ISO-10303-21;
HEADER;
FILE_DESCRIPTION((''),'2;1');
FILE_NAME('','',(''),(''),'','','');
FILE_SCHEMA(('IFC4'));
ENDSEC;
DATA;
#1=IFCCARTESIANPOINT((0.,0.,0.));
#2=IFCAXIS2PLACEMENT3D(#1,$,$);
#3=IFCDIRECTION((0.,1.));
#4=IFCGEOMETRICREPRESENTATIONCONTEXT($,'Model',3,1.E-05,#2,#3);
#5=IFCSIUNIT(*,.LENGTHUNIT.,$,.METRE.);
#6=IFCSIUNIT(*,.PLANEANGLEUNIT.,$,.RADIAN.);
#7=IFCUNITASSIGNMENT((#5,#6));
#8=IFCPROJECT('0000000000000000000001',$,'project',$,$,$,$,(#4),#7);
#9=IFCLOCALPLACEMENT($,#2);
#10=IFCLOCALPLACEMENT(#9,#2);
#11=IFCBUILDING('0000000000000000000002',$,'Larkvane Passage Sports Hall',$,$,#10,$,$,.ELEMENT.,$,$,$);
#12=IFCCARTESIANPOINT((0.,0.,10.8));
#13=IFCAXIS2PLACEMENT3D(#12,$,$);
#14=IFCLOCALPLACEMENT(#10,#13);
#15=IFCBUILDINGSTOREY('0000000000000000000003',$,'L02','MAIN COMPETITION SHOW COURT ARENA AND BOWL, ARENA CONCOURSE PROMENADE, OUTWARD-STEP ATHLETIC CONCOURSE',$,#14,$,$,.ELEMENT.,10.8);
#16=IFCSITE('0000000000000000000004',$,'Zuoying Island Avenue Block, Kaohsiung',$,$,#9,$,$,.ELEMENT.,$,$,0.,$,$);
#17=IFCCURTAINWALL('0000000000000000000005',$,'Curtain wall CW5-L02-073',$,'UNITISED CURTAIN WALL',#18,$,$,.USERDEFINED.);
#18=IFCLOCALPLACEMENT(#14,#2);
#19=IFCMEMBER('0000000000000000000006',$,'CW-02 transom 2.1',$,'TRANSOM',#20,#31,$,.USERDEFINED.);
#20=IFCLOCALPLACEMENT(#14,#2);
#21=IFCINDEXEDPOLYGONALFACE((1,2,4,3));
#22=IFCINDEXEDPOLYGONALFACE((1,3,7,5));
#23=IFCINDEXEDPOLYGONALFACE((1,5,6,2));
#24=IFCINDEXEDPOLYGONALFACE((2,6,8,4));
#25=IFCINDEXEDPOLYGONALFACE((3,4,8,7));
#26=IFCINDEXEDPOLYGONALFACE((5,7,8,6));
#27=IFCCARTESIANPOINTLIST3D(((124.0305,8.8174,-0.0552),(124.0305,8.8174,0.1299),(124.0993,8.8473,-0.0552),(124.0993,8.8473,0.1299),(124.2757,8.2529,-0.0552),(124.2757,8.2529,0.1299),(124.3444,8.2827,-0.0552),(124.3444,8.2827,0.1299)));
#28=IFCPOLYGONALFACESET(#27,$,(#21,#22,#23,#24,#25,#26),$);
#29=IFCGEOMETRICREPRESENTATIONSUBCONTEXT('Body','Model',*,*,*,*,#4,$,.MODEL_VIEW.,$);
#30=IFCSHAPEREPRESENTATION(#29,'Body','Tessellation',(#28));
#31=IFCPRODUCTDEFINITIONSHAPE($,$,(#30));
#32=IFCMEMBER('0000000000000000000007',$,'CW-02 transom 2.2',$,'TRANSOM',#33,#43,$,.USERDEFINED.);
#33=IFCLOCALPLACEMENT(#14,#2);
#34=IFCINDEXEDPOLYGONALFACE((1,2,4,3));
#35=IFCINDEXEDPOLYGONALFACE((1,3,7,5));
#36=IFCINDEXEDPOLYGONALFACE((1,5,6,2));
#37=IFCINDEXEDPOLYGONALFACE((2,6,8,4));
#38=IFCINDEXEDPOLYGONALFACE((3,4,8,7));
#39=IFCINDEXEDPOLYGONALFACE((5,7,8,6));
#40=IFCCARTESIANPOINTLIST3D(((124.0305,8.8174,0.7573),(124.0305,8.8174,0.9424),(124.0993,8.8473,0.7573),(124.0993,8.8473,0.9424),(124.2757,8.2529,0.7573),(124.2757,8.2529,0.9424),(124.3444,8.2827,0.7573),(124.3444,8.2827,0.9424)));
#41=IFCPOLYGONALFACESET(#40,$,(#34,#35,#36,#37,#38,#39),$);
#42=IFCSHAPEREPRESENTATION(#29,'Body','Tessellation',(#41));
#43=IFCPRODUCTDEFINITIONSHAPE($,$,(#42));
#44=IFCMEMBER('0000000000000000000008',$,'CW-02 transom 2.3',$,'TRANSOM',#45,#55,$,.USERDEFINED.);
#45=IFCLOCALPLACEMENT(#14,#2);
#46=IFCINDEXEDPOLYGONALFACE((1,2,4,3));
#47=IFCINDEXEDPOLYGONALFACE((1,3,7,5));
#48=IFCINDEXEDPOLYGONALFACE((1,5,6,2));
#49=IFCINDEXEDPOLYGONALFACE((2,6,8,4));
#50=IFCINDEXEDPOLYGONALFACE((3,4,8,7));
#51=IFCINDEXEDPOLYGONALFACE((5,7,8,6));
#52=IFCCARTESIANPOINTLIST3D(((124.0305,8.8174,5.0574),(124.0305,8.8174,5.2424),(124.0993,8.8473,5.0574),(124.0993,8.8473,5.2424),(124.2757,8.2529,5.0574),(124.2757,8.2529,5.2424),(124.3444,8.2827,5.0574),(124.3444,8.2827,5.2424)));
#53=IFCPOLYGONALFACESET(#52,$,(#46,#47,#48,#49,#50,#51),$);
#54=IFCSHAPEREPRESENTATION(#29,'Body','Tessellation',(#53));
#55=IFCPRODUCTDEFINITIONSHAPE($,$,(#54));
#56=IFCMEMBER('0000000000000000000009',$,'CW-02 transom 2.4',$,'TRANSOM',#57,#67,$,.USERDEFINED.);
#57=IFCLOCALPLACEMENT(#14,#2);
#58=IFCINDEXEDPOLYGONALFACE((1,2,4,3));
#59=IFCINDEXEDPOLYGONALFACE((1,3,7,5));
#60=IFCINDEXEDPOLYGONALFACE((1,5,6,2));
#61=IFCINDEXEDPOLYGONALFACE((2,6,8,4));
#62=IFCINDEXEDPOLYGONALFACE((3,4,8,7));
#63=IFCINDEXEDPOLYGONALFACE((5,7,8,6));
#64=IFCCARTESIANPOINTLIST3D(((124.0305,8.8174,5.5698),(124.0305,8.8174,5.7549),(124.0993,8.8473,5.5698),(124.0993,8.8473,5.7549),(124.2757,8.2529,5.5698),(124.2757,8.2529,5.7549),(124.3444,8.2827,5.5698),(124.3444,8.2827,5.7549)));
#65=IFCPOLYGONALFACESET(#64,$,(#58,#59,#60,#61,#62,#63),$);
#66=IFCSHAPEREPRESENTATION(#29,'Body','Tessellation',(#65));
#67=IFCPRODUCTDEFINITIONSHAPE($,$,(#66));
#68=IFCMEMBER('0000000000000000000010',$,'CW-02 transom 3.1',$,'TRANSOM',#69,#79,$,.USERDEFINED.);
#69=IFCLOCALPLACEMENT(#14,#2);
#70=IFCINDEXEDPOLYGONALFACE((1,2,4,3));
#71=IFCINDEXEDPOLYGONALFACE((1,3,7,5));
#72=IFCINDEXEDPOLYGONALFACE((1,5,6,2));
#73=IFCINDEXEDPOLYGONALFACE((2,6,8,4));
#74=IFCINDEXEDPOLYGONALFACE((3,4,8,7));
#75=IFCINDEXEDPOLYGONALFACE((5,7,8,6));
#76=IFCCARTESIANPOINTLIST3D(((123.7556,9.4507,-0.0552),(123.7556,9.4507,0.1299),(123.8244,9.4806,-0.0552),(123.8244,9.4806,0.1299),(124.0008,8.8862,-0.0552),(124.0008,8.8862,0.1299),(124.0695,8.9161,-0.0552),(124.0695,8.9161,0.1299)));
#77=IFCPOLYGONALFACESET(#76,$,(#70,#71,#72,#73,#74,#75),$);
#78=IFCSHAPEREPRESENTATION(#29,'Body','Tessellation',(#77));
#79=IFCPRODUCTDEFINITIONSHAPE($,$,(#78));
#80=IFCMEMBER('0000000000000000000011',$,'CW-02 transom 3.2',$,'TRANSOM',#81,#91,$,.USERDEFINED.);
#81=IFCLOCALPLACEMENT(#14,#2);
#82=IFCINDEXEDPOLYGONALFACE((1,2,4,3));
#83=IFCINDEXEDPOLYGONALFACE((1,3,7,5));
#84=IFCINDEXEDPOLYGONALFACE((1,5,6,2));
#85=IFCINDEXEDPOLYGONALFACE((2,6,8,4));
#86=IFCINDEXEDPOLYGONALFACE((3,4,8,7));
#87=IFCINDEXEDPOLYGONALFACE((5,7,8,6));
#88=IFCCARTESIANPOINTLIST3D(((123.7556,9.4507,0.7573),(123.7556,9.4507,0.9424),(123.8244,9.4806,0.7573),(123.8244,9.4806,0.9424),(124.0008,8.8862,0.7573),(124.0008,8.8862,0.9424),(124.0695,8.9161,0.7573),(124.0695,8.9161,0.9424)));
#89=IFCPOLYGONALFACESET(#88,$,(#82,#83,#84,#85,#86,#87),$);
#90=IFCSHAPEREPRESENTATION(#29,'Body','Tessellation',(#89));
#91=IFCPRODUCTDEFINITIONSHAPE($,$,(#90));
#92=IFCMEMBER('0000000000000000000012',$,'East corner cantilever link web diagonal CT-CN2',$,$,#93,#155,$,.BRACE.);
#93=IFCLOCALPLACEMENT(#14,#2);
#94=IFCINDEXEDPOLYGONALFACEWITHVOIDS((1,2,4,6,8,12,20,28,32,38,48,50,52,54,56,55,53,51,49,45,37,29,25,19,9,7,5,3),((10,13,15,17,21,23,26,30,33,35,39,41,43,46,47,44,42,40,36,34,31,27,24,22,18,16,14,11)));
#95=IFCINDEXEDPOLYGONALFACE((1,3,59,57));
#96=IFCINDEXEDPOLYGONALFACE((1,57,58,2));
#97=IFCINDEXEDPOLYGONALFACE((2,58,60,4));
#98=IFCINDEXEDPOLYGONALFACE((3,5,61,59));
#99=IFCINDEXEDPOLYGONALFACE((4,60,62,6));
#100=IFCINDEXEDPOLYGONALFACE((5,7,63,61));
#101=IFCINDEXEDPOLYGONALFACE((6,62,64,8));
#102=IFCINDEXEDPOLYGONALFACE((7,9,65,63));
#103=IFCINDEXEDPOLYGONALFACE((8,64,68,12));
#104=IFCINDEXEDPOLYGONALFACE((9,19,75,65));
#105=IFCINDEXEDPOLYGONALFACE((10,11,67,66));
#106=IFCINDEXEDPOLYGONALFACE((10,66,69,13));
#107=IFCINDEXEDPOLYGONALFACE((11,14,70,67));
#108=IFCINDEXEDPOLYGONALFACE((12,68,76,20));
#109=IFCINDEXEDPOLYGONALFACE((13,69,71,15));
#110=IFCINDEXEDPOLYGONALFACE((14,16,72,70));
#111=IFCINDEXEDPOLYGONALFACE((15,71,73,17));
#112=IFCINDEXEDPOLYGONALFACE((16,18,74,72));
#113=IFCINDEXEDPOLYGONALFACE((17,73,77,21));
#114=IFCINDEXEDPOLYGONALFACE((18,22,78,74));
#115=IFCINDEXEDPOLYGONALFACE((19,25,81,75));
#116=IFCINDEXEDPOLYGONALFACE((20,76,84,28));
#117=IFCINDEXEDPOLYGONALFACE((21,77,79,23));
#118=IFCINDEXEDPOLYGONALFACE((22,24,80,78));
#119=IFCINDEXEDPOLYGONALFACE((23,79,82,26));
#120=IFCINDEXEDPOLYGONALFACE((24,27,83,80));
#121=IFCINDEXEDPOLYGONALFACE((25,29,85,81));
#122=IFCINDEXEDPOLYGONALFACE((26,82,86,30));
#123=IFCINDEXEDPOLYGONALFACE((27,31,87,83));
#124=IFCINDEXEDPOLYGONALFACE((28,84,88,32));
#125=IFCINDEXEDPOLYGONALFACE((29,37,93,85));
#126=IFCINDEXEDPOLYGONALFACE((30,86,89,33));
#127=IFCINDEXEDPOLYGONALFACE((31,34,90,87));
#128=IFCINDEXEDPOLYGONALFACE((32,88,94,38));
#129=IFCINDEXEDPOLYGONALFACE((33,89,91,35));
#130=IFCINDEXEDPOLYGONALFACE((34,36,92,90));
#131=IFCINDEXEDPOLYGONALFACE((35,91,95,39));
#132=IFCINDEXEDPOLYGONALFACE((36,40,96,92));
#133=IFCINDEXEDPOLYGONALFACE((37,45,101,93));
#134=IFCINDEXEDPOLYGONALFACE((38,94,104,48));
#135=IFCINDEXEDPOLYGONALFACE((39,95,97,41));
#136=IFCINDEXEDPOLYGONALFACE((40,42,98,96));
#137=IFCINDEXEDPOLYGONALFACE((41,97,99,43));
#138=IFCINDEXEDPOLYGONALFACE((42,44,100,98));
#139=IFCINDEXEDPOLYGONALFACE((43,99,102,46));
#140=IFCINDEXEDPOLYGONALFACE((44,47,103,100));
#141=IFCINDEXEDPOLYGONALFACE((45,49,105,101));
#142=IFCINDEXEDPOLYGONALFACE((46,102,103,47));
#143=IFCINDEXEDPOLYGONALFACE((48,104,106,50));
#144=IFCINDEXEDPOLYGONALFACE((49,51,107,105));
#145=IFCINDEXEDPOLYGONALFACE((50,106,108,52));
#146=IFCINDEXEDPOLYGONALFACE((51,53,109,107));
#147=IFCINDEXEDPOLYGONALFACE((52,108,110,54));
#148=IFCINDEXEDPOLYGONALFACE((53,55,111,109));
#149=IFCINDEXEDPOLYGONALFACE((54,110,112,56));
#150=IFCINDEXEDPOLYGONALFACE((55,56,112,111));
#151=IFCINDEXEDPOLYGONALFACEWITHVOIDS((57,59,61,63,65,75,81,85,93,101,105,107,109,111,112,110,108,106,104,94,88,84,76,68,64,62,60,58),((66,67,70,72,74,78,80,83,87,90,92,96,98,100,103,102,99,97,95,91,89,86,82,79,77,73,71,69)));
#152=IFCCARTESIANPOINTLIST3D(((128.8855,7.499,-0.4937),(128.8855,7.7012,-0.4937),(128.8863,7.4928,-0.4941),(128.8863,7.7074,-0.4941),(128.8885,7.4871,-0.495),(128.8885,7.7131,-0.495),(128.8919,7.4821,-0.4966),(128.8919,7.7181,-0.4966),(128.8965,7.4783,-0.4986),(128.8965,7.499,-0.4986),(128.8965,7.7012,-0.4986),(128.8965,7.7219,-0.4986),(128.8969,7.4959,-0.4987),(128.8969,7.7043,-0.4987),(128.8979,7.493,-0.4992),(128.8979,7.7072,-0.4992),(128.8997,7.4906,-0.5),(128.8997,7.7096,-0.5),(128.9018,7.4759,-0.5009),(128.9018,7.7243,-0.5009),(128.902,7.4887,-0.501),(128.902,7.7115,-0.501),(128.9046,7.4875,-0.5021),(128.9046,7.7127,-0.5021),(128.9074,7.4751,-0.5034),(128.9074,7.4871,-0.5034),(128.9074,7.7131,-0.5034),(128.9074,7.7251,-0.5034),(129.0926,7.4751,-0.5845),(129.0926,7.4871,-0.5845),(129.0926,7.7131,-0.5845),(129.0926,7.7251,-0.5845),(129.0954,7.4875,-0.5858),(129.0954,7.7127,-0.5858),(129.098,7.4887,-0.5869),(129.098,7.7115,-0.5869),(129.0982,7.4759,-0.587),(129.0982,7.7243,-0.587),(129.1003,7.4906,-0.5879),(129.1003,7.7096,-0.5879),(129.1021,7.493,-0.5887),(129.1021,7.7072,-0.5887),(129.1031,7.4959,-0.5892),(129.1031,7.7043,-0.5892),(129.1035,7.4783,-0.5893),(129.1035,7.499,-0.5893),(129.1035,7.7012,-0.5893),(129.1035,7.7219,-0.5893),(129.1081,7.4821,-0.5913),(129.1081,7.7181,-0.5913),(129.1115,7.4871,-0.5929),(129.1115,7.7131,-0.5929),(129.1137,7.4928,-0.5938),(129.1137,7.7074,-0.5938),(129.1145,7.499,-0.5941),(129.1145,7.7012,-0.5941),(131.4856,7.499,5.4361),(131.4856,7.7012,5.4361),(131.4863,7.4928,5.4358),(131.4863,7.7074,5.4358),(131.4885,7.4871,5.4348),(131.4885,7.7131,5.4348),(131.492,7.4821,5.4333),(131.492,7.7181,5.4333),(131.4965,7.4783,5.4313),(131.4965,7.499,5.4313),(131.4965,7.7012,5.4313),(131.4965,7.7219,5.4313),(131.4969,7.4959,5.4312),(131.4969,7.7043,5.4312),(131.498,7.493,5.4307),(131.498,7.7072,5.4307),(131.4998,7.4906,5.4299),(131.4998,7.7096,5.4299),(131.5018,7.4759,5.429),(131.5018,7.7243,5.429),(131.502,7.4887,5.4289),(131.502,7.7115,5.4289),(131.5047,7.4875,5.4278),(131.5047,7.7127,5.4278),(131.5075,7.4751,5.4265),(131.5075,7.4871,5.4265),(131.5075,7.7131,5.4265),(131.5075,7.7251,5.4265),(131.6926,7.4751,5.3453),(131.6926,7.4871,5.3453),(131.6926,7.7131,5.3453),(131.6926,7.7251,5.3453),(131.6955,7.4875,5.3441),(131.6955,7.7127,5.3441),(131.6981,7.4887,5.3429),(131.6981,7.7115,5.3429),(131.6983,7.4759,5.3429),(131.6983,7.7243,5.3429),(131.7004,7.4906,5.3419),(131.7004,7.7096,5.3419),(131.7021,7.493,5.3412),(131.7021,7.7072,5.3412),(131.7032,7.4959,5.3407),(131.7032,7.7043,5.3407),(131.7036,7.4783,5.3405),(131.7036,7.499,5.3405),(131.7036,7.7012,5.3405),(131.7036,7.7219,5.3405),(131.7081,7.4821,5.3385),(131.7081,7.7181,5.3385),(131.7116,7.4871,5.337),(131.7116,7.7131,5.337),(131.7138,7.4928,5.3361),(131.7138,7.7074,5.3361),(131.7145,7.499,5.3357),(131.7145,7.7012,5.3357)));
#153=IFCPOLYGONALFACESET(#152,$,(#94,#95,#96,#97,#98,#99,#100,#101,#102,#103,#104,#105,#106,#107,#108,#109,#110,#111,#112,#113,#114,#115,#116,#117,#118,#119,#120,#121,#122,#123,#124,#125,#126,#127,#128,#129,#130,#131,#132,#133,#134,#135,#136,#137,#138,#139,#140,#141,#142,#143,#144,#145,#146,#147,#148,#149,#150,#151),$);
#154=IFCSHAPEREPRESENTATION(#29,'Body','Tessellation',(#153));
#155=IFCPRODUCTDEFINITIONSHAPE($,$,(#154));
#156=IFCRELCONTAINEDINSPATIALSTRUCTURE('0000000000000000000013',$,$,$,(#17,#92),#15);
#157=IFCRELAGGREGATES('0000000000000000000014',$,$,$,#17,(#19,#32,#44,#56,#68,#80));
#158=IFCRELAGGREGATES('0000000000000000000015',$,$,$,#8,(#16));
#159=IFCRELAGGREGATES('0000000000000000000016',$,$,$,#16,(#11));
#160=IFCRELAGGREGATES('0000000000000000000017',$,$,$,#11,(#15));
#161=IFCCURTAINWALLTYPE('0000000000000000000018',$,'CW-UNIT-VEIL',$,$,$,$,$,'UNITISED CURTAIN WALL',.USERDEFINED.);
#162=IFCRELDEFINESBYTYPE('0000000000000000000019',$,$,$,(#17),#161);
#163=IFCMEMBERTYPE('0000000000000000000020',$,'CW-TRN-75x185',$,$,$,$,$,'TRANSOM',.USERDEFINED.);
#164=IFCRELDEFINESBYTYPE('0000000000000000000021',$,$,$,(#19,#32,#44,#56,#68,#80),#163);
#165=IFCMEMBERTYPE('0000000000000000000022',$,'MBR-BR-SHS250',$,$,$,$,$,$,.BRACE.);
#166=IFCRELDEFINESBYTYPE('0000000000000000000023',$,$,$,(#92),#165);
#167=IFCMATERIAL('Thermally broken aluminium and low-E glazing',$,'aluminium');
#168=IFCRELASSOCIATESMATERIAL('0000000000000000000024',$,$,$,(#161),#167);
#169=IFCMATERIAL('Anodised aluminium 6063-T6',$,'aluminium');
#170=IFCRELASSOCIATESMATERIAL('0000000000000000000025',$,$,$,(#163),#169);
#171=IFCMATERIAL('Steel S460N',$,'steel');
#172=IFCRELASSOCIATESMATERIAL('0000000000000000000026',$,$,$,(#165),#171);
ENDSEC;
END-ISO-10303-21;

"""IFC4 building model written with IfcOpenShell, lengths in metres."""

from ifc_helpers import new_model, si_unit, direction, frame, origin, origin_2d, place, context, subcontext, project, spatial, rectangle, hollow_rectangle, extrude, material, material_profile, profile_set, type_object, element, aggregate, save


model = new_model("IFC4")

# Units and contexts
model_context = context("Model", 3, precision=1e-05, world=origin(), true_north=direction((0.0, 1.0)))
body_context = subcontext(model_context, "Body", "Model", "MODEL_VIEW")
ifc_project = project(units=[si_unit("LENGTHUNIT", "METRE"), si_unit("PLANEANGLEUNIT", "RADIAN")], contexts=[model_context])

# Site, building, storey
site_placement = place(None, origin())
site = spatial("IfcSite", under=ifc_project, at=site_placement, Name="Zuoying Island Avenue Block, Kaohsiung", CompositionType="ELEMENT", RefElevation=0.0)
building_placement = place(site_placement, origin())
building = spatial("IfcBuilding", under=site, at=building_placement, Name="Larkvane Passage Sports Hall", CompositionType="ELEMENT")
storey_placement = place(building_placement, frame((0.0, 0.0, 10.8)))
storey = spatial("IfcBuildingStorey", under=building, at=storey_placement, Name="L02", Description="MAIN COMPETITION SHOW COURT ARENA AND BOWL, ARENA CONCOURSE PROMENADE, OUTWARD-STEP ATHLETIC CONCOURSE", CompositionType="ELEMENT", Elevation=10.8)

# Shared definitions
ifc_material_1 = material(Name="Steel S460N", Category="steel")

# Curtain wall, members
ifc_material_2 = material(Name="Thermally broken aluminium and low-E glazing", Category="aluminium")
curtain_wall_type = type_object("IfcCurtainWallType", Name="CW-UNIT-VEIL", ElementType="UNITISED CURTAIN WALL", PredefinedType="USERDEFINED", material=ifc_material_2)
curtain_wall_placement = place(storey_placement, origin())
curtain_wall = element("IfcCurtainWall", 1, at=curtain_wall_placement, inside=storey, type_object=curtain_wall_type, Name="Curtain wall CW5-L02-073", ObjectType="UNITISED CURTAIN WALL", PredefinedType="USERDEFINED")
ifc_material_3 = material(Name="Anodised aluminium 6063-T6", Category="aluminium")
ifc_material_profile_1 = material_profile(ifc_material_3, rectangle(XDim=0.075, YDim=0.1851, at=origin_2d()), Name="ALU-TRN-75x185")
ifc_profile_set_1 = profile_set([ifc_material_profile_1], Name="Anodised aluminium 6063-T6")
member_type_1 = type_object("IfcMemberType", Name="CW-TRN-75x185", ElementType="TRANSOM", PredefinedType="USERDEFINED", material=ifc_profile_set_1)
member_1_placement = place(storey_placement, frame((124.3101, 8.2678, 0.0374), z_axis=(-0.39832, 0.917247, 0.0), x_axis=(-0.917247, -0.39832, 0.0)))
member_1 = element("IfcMember", 2, at=member_1_placement, type_object=member_type_1, Name="CW-02 transom 2.1", ObjectType="TRANSOM", PredefinedType="USERDEFINED", context=body_context, shape_type="SweptSolid", body=[
    extrude(rectangle(XDim=0.075, YDim=0.1851, at=origin_2d()), origin(), (0.0, 0.0, 1.0), 0.6155),
])
member_2_placement = place(storey_placement, frame((124.3101, 8.2678, 0.8499), z_axis=(-0.39832, 0.917247, 0.0), x_axis=(-0.917247, -0.39832, 0.0)))
member_2 = element("IfcMember", 3, at=member_2_placement, type_object=member_type_1, Name="CW-02 transom 2.2", ObjectType="TRANSOM", PredefinedType="USERDEFINED", context=body_context, shape_type="SweptSolid", body=[
    extrude(rectangle(XDim=0.075, YDim=0.1851, at=origin_2d()), origin(), (0.0, 0.0, 1.0), 0.6155),
])
member_3_placement = place(storey_placement, frame((124.3101, 8.2678, 5.1499), z_axis=(-0.39832, 0.917247, 0.0), x_axis=(-0.917247, -0.39832, 0.0)))
member_3 = element("IfcMember", 4, at=member_3_placement, type_object=member_type_1, Name="CW-02 transom 2.3", ObjectType="TRANSOM", PredefinedType="USERDEFINED", context=body_context, shape_type="SweptSolid", body=[
    extrude(rectangle(XDim=0.075, YDim=0.1851, at=origin_2d()), origin(), (0.0, 0.0, 1.0), 0.6155),
])
member_4_placement = place(storey_placement, frame((124.3101, 8.2678, 5.6624), z_axis=(-0.39832, 0.917247, 0.0), x_axis=(-0.917247, -0.39832, 0.0)))
member_4 = element("IfcMember", 5, at=member_4_placement, type_object=member_type_1, Name="CW-02 transom 2.4", ObjectType="TRANSOM", PredefinedType="USERDEFINED", context=body_context, shape_type="SweptSolid", body=[
    extrude(rectangle(XDim=0.075, YDim=0.1851, at=origin_2d()), origin(), (0.0, 0.0, 1.0), 0.6155),
])
member_5_placement = place(storey_placement, frame((124.0352, 8.9011, 0.0374), z_axis=(-0.39832, 0.917247, 0.0), x_axis=(-0.917247, -0.39832, 0.0)))
member_5 = element("IfcMember", 6, at=member_5_placement, type_object=member_type_1, Name="CW-02 transom 3.1", ObjectType="TRANSOM", PredefinedType="USERDEFINED", context=body_context, shape_type="SweptSolid", body=[
    extrude(rectangle(XDim=0.075, YDim=0.1851, at=origin_2d()), origin(), (0.0, 0.0, 1.0), 0.6155),
])
member_6_placement = place(storey_placement, frame((124.0352, 8.9011, 0.8499), z_axis=(-0.39832, 0.917247, 0.0), x_axis=(-0.917247, -0.39832, 0.0)))
member_6 = element("IfcMember", 7, at=member_6_placement, type_object=member_type_1, Name="CW-02 transom 3.2", ObjectType="TRANSOM", PredefinedType="USERDEFINED", context=body_context, shape_type="SweptSolid", body=[
    extrude(rectangle(XDim=0.075, YDim=0.1851, at=origin_2d()), origin(), (0.0, 0.0, 1.0), 0.6155),
])

# Member
ifc_material_profile_2 = material_profile(ifc_material_1, hollow_rectangle(XDim=0.25, YDim=0.25, WallThickness=0.012, InnerFilletRadius=0.012, OuterFilletRadius=0.0239, at=origin_2d()), Name="SHS-250x250x12")
ifc_profile_set_2 = profile_set([ifc_material_profile_2], Name="Steel S460N")
member_type_2 = type_object("IfcMemberType", Name="MBR-BR-SHS250", PredefinedType="BRACE", material=ifc_profile_set_2)
member_7_placement = place(storey_placement, frame((129.0, 7.6001, -0.5439), z_axis=(0.401564, 0.0, 0.915831), x_axis=(0.0, 1.0, 0.0)))
element("IfcMember", 8, at=member_7_placement, inside=storey, type_object=member_type_2, Name="East corner cantilever link web diagonal CT-CN2", PredefinedType="BRACE", context=body_context, shape_type="SweptSolid", body=[
    extrude(hollow_rectangle(XDim=0.25, YDim=0.25, WallThickness=0.012, InnerFilletRadius=0.012, OuterFilletRadius=0.0239, at=origin_2d()), origin(), (0.0, 0.0, 1.0), 6.4749),
])

aggregate(curtain_wall, [member_1, member_2, member_3, member_4, member_5, member_6])

save(model, "model.ifc")
